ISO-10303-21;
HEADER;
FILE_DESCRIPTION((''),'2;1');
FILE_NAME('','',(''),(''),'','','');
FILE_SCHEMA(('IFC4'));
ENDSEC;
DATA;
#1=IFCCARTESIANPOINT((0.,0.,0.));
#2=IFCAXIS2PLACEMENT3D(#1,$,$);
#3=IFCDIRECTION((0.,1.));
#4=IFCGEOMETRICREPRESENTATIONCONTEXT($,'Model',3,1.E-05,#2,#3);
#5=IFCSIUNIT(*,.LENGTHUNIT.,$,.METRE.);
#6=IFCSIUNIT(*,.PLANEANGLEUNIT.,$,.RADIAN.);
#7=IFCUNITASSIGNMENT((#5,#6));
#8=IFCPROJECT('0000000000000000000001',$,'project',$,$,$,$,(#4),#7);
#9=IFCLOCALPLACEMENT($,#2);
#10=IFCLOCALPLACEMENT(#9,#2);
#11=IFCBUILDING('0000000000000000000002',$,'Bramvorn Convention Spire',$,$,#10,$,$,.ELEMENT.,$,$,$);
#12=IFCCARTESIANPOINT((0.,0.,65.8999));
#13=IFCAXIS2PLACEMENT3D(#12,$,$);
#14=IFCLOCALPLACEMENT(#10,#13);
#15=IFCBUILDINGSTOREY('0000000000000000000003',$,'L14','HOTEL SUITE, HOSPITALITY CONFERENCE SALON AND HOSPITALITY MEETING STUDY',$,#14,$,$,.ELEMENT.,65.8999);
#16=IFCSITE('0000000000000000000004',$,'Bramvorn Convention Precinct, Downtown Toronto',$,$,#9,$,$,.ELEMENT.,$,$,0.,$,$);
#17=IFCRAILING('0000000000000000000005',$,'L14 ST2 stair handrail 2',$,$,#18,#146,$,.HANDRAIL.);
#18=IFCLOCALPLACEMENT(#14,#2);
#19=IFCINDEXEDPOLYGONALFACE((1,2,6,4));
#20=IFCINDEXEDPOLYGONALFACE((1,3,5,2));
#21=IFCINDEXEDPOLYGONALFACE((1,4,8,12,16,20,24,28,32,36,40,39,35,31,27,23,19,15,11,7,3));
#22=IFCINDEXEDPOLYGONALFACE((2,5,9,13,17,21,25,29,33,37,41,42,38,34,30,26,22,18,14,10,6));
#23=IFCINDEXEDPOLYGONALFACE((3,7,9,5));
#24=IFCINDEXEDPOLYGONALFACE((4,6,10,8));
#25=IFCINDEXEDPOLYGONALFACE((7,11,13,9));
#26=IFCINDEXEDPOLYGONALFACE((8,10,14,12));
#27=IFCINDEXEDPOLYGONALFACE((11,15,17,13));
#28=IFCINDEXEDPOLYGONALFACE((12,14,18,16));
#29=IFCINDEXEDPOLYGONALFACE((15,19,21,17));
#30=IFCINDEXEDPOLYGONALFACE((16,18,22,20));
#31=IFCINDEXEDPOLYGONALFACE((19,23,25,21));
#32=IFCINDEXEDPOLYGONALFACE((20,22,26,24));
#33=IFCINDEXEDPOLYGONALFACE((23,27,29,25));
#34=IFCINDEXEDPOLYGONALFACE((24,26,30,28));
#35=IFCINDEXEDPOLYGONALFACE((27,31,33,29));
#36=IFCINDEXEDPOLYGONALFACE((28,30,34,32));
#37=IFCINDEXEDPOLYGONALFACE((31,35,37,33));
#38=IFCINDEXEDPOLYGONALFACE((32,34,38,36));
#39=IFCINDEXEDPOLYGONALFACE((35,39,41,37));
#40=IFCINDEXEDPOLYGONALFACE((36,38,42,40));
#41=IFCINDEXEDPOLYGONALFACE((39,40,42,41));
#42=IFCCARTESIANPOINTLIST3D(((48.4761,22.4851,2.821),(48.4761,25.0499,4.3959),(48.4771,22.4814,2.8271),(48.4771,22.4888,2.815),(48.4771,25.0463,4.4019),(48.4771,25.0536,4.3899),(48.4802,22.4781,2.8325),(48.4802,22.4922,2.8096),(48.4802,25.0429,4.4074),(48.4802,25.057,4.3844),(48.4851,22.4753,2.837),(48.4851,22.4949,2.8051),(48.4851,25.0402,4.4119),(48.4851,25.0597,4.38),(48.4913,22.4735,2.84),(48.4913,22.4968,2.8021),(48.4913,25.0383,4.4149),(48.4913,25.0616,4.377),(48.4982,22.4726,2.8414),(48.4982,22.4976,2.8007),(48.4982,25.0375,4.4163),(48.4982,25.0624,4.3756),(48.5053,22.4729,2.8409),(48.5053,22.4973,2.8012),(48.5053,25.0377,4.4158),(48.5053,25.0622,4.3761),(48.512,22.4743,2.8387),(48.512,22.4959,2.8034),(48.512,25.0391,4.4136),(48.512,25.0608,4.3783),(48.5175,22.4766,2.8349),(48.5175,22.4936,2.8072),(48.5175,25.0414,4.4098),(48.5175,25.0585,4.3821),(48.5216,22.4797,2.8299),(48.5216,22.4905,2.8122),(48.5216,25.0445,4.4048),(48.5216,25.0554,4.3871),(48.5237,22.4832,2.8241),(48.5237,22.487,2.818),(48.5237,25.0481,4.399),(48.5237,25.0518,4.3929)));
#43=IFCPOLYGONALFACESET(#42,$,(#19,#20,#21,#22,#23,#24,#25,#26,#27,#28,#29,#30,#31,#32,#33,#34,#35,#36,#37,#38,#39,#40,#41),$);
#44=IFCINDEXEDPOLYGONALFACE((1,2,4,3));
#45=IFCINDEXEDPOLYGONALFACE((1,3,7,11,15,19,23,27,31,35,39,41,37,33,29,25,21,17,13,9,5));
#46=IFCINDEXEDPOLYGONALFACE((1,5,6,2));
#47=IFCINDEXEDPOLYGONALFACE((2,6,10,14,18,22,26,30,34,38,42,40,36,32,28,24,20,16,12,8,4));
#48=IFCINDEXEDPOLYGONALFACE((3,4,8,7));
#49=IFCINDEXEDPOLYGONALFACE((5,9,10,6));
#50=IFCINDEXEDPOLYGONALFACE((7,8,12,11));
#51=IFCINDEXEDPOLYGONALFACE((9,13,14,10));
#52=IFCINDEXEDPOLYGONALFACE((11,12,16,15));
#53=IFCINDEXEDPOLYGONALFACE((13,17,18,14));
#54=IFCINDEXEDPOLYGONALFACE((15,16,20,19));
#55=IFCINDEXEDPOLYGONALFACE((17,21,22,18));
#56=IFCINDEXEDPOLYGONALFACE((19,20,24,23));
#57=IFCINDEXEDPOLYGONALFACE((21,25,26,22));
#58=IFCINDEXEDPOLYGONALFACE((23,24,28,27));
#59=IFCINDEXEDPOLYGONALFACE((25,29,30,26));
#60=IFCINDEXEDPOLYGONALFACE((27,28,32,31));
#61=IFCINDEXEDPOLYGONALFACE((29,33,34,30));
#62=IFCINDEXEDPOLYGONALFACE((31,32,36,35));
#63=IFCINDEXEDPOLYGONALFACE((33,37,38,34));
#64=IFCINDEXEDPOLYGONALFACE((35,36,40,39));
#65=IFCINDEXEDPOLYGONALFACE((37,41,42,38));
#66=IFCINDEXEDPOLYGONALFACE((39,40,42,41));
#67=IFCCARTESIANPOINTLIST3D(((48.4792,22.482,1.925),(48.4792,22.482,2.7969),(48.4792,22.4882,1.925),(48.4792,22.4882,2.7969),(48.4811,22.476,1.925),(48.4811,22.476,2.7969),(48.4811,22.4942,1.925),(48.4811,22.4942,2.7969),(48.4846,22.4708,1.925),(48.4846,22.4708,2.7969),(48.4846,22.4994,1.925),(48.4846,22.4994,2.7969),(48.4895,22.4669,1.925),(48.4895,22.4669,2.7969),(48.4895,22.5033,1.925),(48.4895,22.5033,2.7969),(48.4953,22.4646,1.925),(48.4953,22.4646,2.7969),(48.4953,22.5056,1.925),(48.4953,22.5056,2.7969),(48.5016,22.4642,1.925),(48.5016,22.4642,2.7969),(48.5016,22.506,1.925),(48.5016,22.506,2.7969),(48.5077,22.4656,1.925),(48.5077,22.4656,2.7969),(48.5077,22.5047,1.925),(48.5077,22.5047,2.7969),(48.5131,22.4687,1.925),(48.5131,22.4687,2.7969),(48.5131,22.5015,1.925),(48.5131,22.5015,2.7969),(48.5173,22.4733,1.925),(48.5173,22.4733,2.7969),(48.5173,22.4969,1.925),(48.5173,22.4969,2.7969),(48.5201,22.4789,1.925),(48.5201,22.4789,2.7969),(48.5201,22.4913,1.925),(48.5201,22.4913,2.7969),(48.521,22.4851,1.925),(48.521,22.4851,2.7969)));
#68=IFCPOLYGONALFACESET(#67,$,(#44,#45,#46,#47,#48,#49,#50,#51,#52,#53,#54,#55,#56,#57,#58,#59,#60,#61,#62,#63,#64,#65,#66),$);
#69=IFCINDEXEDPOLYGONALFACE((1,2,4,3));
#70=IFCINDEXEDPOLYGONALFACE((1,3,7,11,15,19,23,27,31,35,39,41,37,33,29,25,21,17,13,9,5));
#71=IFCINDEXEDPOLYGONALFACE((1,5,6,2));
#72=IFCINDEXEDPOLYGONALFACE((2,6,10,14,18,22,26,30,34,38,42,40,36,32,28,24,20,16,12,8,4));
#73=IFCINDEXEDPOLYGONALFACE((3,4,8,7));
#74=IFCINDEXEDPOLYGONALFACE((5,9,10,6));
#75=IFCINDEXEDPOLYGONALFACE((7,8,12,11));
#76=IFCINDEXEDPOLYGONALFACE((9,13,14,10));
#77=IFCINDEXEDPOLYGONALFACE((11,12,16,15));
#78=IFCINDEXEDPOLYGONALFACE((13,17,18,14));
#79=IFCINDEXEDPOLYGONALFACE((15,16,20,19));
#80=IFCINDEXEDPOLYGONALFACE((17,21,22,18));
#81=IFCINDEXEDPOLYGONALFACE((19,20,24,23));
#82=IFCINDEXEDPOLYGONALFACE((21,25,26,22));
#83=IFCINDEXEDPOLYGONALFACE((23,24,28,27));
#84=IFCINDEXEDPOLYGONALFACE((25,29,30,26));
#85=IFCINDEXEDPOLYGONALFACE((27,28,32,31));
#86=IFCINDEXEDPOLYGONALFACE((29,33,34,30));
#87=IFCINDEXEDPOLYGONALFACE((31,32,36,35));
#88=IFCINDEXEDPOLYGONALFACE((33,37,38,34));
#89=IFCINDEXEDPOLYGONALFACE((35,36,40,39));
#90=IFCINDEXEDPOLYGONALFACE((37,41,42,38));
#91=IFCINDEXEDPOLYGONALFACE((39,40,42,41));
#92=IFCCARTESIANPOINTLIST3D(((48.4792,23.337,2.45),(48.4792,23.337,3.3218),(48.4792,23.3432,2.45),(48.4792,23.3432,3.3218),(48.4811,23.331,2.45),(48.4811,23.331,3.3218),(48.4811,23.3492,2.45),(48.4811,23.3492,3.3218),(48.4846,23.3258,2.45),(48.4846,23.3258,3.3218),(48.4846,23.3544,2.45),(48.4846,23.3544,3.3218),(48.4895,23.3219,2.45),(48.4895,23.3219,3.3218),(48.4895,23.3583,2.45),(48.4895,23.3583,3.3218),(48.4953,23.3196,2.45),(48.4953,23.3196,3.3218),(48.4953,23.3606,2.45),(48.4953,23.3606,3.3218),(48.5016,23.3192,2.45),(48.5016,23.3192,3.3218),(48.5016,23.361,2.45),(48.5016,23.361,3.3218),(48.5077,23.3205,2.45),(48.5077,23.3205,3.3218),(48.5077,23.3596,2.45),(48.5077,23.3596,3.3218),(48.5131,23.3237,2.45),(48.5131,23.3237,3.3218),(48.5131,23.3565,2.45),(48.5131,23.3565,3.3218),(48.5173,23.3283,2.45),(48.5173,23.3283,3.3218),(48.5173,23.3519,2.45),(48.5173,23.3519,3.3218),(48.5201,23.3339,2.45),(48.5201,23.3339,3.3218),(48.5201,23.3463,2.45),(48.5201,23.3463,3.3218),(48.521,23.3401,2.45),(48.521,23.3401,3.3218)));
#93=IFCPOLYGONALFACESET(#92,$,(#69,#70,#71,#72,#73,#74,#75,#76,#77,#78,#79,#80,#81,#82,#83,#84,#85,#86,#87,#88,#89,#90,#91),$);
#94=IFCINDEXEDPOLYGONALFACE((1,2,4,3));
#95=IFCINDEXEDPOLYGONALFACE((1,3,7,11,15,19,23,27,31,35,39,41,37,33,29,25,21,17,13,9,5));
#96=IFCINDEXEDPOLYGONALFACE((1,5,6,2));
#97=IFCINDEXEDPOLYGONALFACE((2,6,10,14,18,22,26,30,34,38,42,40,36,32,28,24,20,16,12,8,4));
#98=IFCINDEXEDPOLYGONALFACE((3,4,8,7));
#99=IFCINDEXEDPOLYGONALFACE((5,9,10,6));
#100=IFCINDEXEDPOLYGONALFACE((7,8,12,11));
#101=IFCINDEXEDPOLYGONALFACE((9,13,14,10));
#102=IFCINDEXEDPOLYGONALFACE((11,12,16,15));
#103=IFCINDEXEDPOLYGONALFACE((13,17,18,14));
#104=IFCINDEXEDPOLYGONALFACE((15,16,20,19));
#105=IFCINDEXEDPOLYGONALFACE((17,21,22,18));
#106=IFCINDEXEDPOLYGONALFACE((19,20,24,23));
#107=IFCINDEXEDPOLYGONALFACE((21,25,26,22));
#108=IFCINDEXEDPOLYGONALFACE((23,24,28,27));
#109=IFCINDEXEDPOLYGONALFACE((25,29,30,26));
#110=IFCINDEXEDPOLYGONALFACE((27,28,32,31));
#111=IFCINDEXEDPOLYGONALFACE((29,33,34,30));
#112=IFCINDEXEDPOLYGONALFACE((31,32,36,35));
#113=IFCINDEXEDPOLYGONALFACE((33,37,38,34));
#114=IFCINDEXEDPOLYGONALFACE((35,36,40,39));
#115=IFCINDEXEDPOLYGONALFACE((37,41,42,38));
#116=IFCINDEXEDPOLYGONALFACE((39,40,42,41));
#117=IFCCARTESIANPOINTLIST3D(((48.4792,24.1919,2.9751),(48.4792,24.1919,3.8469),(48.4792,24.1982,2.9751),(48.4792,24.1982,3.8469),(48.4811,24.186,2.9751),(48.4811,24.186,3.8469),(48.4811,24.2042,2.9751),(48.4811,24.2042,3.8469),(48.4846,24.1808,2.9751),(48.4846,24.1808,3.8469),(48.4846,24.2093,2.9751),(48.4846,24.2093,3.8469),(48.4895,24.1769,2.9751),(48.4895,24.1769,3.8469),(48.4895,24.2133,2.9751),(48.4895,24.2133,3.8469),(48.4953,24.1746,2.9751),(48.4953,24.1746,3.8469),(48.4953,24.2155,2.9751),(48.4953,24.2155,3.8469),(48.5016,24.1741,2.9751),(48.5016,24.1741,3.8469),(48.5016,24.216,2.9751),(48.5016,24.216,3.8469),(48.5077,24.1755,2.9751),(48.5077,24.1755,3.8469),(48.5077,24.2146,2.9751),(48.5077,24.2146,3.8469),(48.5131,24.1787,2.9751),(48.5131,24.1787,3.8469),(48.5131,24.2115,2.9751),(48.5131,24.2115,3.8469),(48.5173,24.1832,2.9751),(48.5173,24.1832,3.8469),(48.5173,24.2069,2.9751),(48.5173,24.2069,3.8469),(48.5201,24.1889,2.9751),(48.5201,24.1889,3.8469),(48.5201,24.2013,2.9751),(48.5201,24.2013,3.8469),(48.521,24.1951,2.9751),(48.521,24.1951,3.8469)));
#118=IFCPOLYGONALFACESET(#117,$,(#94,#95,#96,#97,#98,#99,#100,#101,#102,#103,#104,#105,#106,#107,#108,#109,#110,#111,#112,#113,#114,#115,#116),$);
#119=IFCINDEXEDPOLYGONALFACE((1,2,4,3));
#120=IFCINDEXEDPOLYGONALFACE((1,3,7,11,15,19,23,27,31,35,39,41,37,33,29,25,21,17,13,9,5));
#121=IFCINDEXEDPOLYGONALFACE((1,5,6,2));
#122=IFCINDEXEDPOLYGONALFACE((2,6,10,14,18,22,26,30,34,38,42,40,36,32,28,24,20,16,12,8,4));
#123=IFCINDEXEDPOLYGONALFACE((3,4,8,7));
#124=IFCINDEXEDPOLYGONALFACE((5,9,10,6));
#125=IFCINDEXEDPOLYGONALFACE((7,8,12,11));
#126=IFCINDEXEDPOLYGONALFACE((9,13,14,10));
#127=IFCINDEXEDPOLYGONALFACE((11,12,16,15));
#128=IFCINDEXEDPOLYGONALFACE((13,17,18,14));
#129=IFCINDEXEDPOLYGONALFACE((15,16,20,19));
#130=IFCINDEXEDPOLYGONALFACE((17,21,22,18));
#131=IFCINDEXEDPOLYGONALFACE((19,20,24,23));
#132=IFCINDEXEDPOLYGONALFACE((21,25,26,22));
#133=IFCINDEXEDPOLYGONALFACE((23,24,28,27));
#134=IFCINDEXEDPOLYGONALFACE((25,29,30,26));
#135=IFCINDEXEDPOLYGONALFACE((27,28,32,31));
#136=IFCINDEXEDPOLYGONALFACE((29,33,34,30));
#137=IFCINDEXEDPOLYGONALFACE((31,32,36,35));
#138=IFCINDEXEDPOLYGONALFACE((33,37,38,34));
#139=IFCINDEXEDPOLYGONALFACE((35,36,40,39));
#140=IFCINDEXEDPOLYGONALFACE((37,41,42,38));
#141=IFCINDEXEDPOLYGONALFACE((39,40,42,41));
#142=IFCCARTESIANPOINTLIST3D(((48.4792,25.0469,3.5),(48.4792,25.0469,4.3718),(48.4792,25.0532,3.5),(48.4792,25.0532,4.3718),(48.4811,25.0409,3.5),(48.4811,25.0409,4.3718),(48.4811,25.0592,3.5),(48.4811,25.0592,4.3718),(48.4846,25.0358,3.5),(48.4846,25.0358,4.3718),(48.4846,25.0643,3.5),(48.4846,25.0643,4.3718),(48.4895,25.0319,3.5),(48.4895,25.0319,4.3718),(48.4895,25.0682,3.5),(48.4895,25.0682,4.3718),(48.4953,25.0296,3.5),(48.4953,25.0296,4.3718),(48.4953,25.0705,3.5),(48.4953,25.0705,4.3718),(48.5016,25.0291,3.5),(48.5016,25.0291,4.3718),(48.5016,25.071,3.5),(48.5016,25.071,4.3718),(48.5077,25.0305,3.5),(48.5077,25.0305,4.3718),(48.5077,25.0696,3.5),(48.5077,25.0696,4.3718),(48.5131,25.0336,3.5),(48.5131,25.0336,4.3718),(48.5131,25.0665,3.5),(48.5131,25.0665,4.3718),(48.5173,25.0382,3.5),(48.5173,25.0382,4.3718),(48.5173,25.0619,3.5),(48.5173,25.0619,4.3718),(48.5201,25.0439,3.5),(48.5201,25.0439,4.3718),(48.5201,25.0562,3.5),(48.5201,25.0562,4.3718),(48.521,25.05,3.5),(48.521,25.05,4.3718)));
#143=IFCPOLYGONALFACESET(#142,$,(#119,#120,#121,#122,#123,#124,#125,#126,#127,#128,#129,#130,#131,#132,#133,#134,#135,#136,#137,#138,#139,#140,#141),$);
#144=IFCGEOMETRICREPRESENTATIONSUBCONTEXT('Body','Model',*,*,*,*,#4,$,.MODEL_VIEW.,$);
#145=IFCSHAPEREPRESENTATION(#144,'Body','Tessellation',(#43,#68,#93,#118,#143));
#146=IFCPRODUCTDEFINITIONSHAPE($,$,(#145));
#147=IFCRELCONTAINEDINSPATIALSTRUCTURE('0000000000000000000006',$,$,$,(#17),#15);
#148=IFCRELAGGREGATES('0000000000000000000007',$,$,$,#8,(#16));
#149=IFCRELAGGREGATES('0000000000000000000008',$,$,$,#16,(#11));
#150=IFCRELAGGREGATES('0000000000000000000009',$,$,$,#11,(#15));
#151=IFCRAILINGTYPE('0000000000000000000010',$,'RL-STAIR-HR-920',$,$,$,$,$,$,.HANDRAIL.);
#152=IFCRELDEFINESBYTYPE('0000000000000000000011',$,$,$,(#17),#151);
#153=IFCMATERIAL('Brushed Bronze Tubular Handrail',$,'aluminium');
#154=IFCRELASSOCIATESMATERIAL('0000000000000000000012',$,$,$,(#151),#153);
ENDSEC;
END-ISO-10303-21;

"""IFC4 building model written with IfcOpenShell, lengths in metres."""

from ifc_helpers import new_model, si_unit, direction, frame, origin, origin_2d, place, context, subcontext, project, spatial, circle, extrude, material, type_object, element, save


model = new_model("IFC4")

# Units and contexts
model_context = context("Model", 3, precision=1e-05, world=origin(), true_north=direction((0.0, 1.0)))
body_context = subcontext(model_context, "Body", "Model", "MODEL_VIEW")
ifc_project = project(units=[si_unit("LENGTHUNIT", "METRE"), si_unit("PLANEANGLEUNIT", "RADIAN")], contexts=[model_context])

# Site, building, storey
site_placement = place(None, origin())
site = spatial("IfcSite", under=ifc_project, at=site_placement, Name="Bramvorn Convention Precinct, Downtown Toronto", CompositionType="ELEMENT", RefElevation=0.0)
building_placement = place(site_placement, origin())
building = spatial("IfcBuilding", under=site, at=building_placement, Name="Bramvorn Convention Spire", CompositionType="ELEMENT")
storey_placement = place(building_placement, frame((0.0, 0.0, 65.8999)))
storey = spatial("IfcBuildingStorey", under=building, at=storey_placement, Name="L14", Description="HOTEL SUITE, HOSPITALITY CONFERENCE SALON AND HOSPITALITY MEETING STUDY", CompositionType="ELEMENT", Elevation=65.8999)

# Railing
ifc_material_1 = material(Name="Brushed Bronze Tubular Handrail", Category="aluminium")
railing_type_1 = type_object("IfcRailingType", Name="RL-STAIR-HR-920", PredefinedType="HANDRAIL", material=ifc_material_1)
railing_1_placement = place(storey_placement, frame((48.5, 22.4851, 1.925)))
element("IfcRailing", 1, at=railing_1_placement, inside=storey, type_object=railing_type_1, Name="L14 ST2 stair handrail 2", PredefinedType="HANDRAIL", context=body_context, shape_type="SweptSolid", body=[
    extrude(circle(Radius=0.0239, at=origin_2d()), frame((0.0, 0.0, 0.896), z_axis=(0.0, 0.852173, 0.52326), x_axis=(-1.0, 0.0, 0.0)), (0.0, 0.0, 1.0), 3.0098),
    extrude(circle(Radius=0.021, at=origin_2d()), origin(), (0.0, 0.0, 1.0), 0.8718),
    extrude(circle(Radius=0.021, at=origin_2d()), frame((0.0, 0.855, 0.5249)), (0.0, 0.0, 1.0), 0.8718),
    extrude(circle(Radius=0.021, at=origin_2d()), frame((0.0, 1.71, 1.05)), (0.0, 0.0, 1.0), 0.8718),
    extrude(circle(Radius=0.021, at=origin_2d()), frame((0.0, 2.5649, 1.575)), (0.0, 0.0, 1.0), 0.8718),
])

save(model, "model.ifc")
